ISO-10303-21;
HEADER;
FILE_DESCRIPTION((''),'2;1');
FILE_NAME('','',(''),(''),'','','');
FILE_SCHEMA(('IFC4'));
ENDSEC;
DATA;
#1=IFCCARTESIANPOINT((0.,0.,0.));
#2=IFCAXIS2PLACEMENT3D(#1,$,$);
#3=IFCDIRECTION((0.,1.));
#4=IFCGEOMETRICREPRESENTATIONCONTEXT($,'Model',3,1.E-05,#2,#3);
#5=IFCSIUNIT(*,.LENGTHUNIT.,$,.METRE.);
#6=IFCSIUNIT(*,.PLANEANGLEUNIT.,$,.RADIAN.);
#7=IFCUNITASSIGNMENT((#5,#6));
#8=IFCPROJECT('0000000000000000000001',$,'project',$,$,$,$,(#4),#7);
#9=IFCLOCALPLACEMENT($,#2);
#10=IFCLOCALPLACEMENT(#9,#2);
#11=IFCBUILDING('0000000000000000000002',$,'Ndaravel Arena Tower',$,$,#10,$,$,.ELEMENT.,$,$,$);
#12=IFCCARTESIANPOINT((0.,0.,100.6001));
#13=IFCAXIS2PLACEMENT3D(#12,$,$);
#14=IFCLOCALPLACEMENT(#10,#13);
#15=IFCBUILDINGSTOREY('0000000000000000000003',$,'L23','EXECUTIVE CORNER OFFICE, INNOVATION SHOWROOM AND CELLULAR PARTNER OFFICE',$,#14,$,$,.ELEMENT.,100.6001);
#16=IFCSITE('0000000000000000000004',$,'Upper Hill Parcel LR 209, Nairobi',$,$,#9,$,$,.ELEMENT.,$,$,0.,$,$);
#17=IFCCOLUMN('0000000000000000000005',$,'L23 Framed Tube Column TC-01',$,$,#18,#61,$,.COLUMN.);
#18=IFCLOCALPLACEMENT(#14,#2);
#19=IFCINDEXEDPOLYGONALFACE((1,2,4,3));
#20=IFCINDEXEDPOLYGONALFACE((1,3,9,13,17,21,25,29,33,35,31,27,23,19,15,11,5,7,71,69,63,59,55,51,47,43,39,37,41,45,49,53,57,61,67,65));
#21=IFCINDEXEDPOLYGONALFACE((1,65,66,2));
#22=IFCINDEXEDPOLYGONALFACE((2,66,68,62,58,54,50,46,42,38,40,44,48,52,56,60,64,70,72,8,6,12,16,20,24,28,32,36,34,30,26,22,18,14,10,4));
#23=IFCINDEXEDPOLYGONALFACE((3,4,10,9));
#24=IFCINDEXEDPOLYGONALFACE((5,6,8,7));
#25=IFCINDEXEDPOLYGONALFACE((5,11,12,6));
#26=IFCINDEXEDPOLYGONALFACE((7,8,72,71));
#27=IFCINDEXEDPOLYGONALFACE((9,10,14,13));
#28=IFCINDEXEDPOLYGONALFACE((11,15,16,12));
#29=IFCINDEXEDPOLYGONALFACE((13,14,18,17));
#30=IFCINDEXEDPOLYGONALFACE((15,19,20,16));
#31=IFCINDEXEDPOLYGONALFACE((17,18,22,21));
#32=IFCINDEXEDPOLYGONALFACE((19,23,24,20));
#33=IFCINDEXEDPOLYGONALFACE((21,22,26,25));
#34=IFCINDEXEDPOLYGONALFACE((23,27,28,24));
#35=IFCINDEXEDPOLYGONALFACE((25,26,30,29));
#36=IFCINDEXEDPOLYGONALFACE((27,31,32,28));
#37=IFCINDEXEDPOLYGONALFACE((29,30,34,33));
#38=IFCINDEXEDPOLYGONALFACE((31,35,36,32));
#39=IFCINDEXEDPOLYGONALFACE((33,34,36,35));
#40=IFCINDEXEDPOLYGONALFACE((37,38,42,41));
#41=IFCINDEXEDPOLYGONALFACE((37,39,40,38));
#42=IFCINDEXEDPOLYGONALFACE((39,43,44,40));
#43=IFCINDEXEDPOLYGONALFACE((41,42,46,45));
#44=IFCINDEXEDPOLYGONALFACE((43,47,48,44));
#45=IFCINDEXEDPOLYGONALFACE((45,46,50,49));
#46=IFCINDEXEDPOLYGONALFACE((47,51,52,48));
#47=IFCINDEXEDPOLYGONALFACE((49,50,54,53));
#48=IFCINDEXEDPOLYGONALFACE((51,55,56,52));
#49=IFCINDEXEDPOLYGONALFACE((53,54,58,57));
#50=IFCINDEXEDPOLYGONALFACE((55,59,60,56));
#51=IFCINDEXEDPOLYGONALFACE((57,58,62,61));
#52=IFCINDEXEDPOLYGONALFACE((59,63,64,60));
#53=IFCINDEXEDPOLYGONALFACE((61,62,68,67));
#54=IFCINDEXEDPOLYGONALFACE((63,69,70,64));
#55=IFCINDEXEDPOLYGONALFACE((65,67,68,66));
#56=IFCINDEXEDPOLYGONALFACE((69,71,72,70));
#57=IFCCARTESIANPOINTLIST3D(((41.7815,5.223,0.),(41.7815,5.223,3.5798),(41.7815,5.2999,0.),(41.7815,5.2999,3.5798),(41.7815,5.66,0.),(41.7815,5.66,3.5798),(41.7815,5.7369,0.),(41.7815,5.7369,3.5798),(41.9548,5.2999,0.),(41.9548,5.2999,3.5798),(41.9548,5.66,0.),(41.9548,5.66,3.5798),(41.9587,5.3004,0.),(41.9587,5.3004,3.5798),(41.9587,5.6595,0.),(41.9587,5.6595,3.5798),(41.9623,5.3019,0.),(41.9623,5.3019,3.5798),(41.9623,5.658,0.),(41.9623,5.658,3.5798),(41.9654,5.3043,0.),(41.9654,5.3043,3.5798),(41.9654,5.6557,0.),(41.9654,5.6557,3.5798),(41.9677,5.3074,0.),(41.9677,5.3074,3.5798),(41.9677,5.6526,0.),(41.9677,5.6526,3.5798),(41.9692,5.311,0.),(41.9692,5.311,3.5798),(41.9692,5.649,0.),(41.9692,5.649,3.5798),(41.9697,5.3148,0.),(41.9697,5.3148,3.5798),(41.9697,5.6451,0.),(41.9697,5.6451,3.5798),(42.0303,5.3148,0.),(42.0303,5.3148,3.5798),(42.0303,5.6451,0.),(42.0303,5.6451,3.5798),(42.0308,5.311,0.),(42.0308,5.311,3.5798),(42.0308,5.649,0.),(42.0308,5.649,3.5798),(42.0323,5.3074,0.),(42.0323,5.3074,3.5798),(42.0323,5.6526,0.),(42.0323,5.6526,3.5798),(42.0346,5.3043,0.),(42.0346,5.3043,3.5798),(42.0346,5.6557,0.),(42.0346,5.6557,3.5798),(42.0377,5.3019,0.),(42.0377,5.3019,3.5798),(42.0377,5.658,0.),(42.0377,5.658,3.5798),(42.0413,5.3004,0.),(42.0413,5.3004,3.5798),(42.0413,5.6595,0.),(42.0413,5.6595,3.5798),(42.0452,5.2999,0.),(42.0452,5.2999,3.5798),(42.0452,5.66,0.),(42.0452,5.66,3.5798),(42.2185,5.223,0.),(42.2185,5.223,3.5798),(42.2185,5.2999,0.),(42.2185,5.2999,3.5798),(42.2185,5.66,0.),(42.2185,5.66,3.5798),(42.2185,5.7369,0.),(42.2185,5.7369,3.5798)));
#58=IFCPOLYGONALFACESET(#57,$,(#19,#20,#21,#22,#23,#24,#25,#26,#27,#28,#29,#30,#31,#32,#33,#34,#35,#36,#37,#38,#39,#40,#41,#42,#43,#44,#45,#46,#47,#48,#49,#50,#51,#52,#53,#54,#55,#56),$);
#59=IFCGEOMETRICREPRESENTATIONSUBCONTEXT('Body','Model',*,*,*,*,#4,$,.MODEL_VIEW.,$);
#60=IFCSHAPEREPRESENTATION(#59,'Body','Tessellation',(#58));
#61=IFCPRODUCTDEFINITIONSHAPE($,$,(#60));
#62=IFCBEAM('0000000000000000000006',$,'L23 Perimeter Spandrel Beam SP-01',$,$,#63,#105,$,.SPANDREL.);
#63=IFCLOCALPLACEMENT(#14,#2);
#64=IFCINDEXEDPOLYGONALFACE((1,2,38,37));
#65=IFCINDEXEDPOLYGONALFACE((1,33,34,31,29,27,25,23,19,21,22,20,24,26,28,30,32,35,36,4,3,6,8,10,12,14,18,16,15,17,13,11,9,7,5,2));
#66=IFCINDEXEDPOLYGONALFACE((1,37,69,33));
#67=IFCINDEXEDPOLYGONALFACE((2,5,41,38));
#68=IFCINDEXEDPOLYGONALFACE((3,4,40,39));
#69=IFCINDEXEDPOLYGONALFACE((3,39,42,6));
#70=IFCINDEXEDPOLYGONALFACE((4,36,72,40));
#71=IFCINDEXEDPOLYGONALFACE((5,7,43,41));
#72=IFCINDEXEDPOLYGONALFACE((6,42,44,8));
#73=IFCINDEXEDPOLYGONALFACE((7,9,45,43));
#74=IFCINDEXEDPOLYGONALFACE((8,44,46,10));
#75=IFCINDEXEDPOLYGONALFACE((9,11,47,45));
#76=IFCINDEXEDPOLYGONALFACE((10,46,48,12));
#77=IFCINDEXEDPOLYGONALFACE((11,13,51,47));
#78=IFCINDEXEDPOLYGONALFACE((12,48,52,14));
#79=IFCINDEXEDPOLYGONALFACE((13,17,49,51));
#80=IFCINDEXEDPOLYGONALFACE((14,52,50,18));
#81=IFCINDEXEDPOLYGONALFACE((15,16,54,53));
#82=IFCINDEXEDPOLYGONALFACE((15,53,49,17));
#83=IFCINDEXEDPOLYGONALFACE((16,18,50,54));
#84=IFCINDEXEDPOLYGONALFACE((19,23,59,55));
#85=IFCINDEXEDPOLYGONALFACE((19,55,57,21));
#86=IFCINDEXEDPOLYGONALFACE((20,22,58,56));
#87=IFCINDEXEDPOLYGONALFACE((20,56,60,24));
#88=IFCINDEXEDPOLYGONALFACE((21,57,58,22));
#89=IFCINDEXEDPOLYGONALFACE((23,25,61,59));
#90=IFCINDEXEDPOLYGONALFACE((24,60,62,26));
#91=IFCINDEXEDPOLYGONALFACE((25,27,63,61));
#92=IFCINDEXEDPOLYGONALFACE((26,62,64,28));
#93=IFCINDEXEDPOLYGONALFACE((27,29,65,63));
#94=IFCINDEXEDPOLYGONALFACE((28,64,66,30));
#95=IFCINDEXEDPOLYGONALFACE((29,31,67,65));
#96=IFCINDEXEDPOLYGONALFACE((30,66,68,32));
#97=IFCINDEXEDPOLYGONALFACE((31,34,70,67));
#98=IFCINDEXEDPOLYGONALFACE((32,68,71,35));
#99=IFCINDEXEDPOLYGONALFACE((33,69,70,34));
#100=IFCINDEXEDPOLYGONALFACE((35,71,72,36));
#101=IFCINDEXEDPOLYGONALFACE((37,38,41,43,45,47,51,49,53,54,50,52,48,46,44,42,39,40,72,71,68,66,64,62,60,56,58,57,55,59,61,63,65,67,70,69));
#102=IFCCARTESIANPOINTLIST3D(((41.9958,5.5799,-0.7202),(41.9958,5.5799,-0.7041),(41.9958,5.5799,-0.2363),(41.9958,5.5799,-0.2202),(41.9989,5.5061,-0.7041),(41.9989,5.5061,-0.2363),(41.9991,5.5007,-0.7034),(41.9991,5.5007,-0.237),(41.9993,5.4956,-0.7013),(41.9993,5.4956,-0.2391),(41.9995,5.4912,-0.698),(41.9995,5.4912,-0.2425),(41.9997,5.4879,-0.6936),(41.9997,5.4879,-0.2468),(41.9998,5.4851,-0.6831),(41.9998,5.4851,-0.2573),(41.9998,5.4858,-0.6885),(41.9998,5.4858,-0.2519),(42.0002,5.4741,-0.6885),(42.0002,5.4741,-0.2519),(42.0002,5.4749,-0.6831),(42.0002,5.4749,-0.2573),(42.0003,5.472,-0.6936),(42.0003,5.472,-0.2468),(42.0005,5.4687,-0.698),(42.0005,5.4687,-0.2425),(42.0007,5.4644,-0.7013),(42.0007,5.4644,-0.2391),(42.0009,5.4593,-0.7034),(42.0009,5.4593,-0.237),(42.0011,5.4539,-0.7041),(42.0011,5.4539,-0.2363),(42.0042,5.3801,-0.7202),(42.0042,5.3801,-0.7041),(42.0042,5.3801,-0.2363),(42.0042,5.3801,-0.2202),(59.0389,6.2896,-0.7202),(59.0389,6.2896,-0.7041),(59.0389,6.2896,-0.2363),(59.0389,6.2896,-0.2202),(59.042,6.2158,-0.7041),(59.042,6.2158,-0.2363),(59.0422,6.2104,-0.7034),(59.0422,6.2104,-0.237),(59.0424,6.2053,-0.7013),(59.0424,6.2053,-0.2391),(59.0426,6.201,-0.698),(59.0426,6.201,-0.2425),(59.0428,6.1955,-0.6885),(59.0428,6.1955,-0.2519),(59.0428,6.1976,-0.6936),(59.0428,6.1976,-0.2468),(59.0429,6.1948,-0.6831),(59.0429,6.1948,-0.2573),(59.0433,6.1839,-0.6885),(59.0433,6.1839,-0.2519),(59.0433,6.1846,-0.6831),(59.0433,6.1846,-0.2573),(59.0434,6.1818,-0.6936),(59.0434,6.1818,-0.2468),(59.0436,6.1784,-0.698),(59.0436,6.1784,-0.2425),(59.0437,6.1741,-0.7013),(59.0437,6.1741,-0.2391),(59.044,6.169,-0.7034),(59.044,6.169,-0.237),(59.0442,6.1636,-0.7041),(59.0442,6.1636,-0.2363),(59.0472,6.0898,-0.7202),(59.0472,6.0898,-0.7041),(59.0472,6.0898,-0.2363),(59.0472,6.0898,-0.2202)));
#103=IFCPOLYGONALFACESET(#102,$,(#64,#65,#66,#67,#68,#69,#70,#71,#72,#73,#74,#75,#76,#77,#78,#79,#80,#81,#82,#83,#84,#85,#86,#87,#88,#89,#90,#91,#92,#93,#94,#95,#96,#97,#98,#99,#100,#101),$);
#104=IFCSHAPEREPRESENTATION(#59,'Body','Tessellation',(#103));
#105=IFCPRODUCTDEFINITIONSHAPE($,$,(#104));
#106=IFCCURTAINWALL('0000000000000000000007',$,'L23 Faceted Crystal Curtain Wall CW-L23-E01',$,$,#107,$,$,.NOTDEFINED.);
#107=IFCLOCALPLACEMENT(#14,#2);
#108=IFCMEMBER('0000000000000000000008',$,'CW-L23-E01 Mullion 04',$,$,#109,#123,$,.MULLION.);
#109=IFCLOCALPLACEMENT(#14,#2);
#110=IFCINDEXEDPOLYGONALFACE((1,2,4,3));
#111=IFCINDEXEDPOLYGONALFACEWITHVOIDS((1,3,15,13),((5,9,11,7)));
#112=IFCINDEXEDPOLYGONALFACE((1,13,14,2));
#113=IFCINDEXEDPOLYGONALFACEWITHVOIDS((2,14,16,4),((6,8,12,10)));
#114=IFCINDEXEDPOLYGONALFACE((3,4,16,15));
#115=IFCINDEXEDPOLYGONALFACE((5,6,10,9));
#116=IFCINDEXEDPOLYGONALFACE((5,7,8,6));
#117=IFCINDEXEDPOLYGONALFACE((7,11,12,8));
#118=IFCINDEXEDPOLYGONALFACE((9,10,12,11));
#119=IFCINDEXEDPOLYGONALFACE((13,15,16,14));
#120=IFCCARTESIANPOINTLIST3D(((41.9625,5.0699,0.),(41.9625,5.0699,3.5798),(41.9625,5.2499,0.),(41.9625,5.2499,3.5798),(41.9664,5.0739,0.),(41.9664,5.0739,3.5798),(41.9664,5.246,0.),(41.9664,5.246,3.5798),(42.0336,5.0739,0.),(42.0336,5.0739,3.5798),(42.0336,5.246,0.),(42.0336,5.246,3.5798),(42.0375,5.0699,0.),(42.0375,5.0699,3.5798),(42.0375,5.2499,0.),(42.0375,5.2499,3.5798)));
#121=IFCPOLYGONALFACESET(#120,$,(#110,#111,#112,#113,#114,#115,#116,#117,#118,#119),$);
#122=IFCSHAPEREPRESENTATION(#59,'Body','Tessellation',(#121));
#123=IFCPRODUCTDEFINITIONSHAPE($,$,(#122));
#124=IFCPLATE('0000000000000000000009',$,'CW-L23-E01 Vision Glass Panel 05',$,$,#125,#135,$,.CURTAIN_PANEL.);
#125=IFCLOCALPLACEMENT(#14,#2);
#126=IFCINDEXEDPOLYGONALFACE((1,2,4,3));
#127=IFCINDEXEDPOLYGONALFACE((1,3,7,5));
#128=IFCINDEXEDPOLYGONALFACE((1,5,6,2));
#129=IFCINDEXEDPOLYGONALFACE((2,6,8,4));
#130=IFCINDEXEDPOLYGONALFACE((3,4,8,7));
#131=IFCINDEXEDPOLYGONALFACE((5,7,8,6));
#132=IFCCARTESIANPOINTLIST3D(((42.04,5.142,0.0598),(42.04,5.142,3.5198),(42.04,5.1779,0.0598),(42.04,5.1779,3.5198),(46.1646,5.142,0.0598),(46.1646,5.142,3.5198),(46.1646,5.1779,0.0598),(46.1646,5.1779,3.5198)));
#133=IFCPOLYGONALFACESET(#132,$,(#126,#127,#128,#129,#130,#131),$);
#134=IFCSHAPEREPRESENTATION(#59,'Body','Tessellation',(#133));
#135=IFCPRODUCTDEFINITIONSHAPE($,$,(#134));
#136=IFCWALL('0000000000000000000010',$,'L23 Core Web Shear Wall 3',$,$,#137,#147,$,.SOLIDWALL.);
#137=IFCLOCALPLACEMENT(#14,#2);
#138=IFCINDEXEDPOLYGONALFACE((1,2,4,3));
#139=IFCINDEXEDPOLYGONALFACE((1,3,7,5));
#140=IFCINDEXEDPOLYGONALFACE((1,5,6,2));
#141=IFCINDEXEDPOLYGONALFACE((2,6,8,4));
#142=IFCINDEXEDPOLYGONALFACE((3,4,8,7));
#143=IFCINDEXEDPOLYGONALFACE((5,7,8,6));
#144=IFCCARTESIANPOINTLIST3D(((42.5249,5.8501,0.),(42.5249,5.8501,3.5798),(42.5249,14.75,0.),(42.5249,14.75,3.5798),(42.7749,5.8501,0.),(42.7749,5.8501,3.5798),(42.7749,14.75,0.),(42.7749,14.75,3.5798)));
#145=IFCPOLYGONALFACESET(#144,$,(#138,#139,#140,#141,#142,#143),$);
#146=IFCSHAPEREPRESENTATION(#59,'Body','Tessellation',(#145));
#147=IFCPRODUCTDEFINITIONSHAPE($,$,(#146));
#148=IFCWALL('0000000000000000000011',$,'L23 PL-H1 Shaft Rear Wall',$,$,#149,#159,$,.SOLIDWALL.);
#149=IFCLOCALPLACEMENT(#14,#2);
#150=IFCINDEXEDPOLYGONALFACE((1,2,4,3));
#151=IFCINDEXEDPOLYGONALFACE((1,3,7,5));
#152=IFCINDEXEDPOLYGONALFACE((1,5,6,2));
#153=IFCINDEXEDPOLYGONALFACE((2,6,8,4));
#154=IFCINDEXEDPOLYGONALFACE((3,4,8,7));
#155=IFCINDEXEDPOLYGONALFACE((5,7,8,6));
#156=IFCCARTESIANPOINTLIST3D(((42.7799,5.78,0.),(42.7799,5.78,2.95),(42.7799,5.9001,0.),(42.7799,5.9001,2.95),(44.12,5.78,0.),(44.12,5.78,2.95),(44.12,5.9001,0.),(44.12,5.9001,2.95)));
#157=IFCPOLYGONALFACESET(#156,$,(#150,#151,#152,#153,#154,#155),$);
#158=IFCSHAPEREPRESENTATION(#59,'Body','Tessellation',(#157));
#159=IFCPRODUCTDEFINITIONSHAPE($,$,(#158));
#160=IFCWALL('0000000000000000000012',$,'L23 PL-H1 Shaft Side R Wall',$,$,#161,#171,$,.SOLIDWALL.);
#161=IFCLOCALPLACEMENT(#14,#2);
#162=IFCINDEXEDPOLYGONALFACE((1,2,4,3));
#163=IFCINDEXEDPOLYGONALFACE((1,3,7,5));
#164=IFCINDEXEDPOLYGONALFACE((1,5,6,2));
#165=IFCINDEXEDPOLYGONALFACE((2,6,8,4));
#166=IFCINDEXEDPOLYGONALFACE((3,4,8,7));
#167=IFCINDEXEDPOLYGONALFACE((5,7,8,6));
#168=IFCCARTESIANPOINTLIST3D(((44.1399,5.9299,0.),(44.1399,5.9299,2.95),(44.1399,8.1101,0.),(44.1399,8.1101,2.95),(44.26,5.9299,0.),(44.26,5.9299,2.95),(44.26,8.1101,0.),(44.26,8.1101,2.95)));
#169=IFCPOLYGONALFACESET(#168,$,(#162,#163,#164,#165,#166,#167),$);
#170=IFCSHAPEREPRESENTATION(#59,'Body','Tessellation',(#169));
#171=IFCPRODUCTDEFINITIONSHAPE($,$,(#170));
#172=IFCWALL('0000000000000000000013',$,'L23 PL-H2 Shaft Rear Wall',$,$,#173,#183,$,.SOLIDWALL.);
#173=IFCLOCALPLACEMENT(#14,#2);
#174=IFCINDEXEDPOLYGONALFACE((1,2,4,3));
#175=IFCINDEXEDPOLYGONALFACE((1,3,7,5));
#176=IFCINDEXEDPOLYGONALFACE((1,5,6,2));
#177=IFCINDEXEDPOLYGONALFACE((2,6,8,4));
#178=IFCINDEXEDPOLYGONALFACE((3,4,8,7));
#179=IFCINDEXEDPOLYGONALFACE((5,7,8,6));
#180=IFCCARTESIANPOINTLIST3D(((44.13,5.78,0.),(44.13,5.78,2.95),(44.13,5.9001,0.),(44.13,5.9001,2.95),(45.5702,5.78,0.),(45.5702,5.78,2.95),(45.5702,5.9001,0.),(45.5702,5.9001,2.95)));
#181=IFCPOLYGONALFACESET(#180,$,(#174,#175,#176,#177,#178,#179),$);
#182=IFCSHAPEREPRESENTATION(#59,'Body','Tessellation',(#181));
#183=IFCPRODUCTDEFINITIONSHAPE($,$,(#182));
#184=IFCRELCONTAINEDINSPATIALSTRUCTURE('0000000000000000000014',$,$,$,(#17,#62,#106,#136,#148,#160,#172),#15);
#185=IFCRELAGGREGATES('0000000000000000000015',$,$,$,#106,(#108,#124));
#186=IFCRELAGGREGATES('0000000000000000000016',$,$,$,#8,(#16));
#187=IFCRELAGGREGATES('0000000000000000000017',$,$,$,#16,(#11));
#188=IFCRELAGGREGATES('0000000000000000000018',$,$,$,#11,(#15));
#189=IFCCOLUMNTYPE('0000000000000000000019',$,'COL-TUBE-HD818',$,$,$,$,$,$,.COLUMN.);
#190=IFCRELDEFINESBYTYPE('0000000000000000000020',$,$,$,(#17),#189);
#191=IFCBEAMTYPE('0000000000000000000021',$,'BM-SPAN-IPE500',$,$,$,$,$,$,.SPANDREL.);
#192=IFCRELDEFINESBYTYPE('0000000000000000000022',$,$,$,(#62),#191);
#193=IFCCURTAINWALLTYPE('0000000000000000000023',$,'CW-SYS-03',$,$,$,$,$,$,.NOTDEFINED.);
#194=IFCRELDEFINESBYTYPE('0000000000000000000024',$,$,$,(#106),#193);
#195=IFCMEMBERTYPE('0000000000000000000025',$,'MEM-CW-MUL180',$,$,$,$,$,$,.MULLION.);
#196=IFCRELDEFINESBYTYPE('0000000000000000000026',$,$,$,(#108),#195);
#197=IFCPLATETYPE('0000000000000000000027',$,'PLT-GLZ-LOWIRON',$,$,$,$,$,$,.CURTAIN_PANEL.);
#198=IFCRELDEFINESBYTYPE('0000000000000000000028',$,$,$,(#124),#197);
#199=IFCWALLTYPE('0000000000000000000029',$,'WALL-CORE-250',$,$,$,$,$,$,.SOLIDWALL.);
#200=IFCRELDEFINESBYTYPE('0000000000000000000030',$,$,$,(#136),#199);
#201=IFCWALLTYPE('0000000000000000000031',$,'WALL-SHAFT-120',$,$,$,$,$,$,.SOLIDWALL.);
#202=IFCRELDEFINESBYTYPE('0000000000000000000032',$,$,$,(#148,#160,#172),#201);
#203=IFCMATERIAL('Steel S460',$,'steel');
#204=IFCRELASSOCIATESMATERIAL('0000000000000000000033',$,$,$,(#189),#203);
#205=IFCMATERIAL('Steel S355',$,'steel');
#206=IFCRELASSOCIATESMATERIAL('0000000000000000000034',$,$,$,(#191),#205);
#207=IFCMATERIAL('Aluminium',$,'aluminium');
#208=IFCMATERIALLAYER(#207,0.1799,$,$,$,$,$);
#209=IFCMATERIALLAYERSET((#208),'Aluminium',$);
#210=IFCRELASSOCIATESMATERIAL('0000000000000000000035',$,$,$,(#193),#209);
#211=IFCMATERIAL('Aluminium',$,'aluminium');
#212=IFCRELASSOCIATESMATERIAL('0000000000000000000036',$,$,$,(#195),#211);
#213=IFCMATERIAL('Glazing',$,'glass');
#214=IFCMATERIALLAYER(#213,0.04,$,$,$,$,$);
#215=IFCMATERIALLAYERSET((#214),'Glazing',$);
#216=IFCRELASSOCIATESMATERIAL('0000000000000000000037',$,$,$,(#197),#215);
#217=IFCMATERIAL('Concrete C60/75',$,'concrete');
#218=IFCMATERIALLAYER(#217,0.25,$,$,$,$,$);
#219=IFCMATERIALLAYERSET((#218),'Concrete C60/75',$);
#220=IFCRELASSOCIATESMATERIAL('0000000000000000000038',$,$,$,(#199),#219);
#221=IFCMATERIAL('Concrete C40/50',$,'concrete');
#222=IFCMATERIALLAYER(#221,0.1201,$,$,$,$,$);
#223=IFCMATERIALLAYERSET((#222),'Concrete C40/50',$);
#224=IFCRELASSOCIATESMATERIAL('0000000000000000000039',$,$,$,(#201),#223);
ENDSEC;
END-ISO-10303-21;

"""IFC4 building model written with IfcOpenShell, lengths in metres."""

from ifc_helpers import new_model, si_unit, direction, frame, frame_2d, origin, origin_2d, place, context, subcontext, project, spatial, rectangle, hollow_rectangle, i_section, extrude, material, layer, layer_set, material_profile, profile_set, type_object, element, aggregate, save


model = new_model("IFC4")

# Units and contexts
model_context = context("Model", 3, precision=1e-05, world=origin(), true_north=direction((0.0, 1.0)))
body_context = subcontext(model_context, "Body", "Model", "MODEL_VIEW")
ifc_project = project(units=[si_unit("LENGTHUNIT", "METRE"), si_unit("PLANEANGLEUNIT", "RADIAN")], contexts=[model_context])

# Site, building, storey
site_placement = place(None, origin())
site = spatial("IfcSite", under=ifc_project, at=site_placement, Name="Upper Hill Parcel LR 209, Nairobi", CompositionType="ELEMENT", RefElevation=0.0)
building_placement = place(site_placement, origin())
building = spatial("IfcBuilding", under=site, at=building_placement, Name="Ndaravel Arena Tower", CompositionType="ELEMENT")
storey_placement = place(building_placement, frame((0.0, 0.0, 100.6001)))
storey = spatial("IfcBuildingStorey", under=building, at=storey_placement, Name="L23", Description="EXECUTIVE CORNER OFFICE, INNOVATION SHOWROOM AND CELLULAR PARTNER OFFICE", CompositionType="ELEMENT", Elevation=100.6001)

# Column
ifc_material_1 = material(Name="Steel S460", Category="steel")
ifc_material_profile_1 = material_profile(ifc_material_1, i_section(OverallWidth=0.437, OverallDepth=0.5139, WebThickness=0.0605, FlangeThickness=0.0769, FilletRadius=0.0149, at=origin_2d()), Name="HD 400x818")
ifc_profile_set_1 = profile_set([ifc_material_profile_1], Name="Steel S460")
column_type = type_object("IfcColumnType", Name="COL-TUBE-HD818", PredefinedType="COLUMN", material=ifc_profile_set_1)
column_placement = place(storey_placement, frame((42.0, 5.48, 0.0), z_axis=(0.0, 0.0, 1.0), x_axis=(1.0, 0.0, 0.0)))
element("IfcColumn", 1, at=column_placement, inside=storey, type_object=column_type, Name="L23 Framed Tube Column TC-01", PredefinedType="COLUMN", context=body_context, shape_type="SweptSolid", body=[
    extrude(i_section(OverallWidth=0.437, OverallDepth=0.5139, WebThickness=0.0605, FlangeThickness=0.0769, FilletRadius=0.0149, at=origin_2d()), origin(), (0.0, 0.0, 1.0), 3.5798),
])

# Beam
ifc_material_2 = material(Name="Steel S355", Category="steel")
ifc_material_profile_2 = material_profile(ifc_material_2, i_section(OverallWidth=0.2, OverallDepth=0.5, WebThickness=0.0103, FlangeThickness=0.0161, FilletRadius=0.021, at=origin_2d()), Name="IPE 500")
ifc_profile_set_2 = profile_set([ifc_material_profile_2], Name="Steel S355")
beam_type = type_object("IfcBeamType", Name="BM-SPAN-IPE500", PredefinedType="SPANDREL", material=ifc_profile_set_2)
beam_placement = place(storey_placement, frame((42.0, 5.48, -0.4702), z_axis=(0.999134, 0.041607, 0.0), x_axis=(-0.041607, 0.999134, 0.0)))
element("IfcBeam", 2, at=beam_placement, inside=storey, type_object=beam_type, Name="L23 Perimeter Spandrel Beam SP-01", PredefinedType="SPANDREL", context=body_context, shape_type="SweptSolid", body=[
    extrude(i_section(OverallWidth=0.2, OverallDepth=0.5, WebThickness=0.0103, FlangeThickness=0.0161, FilletRadius=0.021, at=origin_2d()), origin(), (0.0, 0.0, 1.0), 17.0579),
])

# Curtain wall, member, plate
ifc_material_3 = material(Name="Aluminium", Category="aluminium")
ifc_layer_1 = layer(ifc_material_3, 0.1799)
ifc_layer_set_1 = layer_set([ifc_layer_1], Name="Aluminium")
curtain_wall_type = type_object("IfcCurtainWallType", Name="CW-SYS-03", PredefinedType="NOTDEFINED", material=ifc_layer_set_1)
curtain_wall_placement = place(storey_placement, origin())
curtain_wall = element("IfcCurtainWall", 3, at=curtain_wall_placement, inside=storey, type_object=curtain_wall_type, Name="L23 Faceted Crystal Curtain Wall CW-L23-E01", PredefinedType="NOTDEFINED")
ifc_material_4 = material(Name="Aluminium", Category="aluminium")
ifc_material_profile_3 = material_profile(ifc_material_4, hollow_rectangle(XDim=0.075, YDim=0.1799, WallThickness=0.0039, at=origin_2d()), Name="CW MULLION 75x180x4")
ifc_profile_set_3 = profile_set([ifc_material_profile_3], Name="Aluminium")
member_type = type_object("IfcMemberType", Name="MEM-CW-MUL180", PredefinedType="MULLION", material=ifc_profile_set_3)
member_placement = place(storey_placement, frame((42.0, 5.1599, 0.0), z_axis=(0.0, 0.0, 1.0), x_axis=(1.0, 0.0, 0.0)))
member = element("IfcMember", 4, at=member_placement, type_object=member_type, Name="CW-L23-E01 Mullion 04", PredefinedType="MULLION", context=body_context, shape_type="SweptSolid", body=[
    extrude(hollow_rectangle(XDim=0.075, YDim=0.1799, WallThickness=0.0039, at=origin_2d()), origin(), (0.0, 0.0, 1.0), 3.5798),
])
ifc_material_5 = material(Name="Glazing", Category="glass")
ifc_layer_2 = layer(ifc_material_5, 0.04)
ifc_layer_set_2 = layer_set([ifc_layer_2], Name="Glazing")
plate_type = type_object("IfcPlateType", Name="PLT-GLZ-LOWIRON", PredefinedType="CURTAIN_PANEL", material=ifc_layer_set_2)
plate_placement = place(storey_placement, frame((44.1023, 5.1599, 0.0598), z_axis=(0.0, 0.0, 1.0), x_axis=(1.0, 0.0, 0.0)))
plate = element("IfcPlate", 5, at=plate_placement, type_object=plate_type, Name="CW-L23-E01 Vision Glass Panel 05", PredefinedType="CURTAIN_PANEL", context=body_context, shape_type="SweptSolid", body=[
    extrude(rectangle(XDim=4.1245, YDim=0.0359, at=origin_2d()), origin(), (0.0, 0.0, 1.0), 3.46),
])
aggregate(curtain_wall, [member, plate])

# Walls
ifc_material_6 = material(Name="Concrete C60/75", Category="concrete")
ifc_layer_3 = layer(ifc_material_6, 0.25)
ifc_layer_set_3 = layer_set([ifc_layer_3], Name="Concrete C60/75")
wall_type_1 = type_object("IfcWallType", Name="WALL-CORE-250", PredefinedType="SOLIDWALL", material=ifc_layer_set_3)
wall_1_placement = place(storey_placement, frame((42.6499, 5.8501, 0.0), z_axis=(0.0, 0.0, 1.0), x_axis=(0.0, 1.0, 0.0)))
element("IfcWall", 6, at=wall_1_placement, inside=storey, type_object=wall_type_1, Name="L23 Core Web Shear Wall 3", PredefinedType="SOLIDWALL", context=body_context, shape_type="SweptSolid", body=[
    extrude(rectangle(XDim=8.8999, YDim=0.25, at=frame_2d((4.45, 0.0))), origin(), (0.0, 0.0, 1.0), 3.5798),
])
ifc_material_7 = material(Name="Concrete C40/50", Category="concrete")
ifc_layer_4 = layer(ifc_material_7, 0.1201)
ifc_layer_set_4 = layer_set([ifc_layer_4], Name="Concrete C40/50")
wall_type_2 = type_object("IfcWallType", Name="WALL-SHAFT-120", PredefinedType="SOLIDWALL", material=ifc_layer_set_4)
wall_2_placement = place(storey_placement, frame((42.78, 5.8401, 0.0), z_axis=(0.0, 0.0, 1.0), x_axis=(1.0, 0.0, 0.0)))
element("IfcWall", 7, at=wall_2_placement, inside=storey, type_object=wall_type_2, Name="L23 PL-H1 Shaft Rear Wall", PredefinedType="SOLIDWALL", context=body_context, shape_type="SweptSolid", body=[
    extrude(rectangle(XDim=1.3401, YDim=0.1201, at=frame_2d((0.6699, 0.0))), origin(), (0.0, 0.0, 1.0), 2.95),
])
wall_3_placement = place(storey_placement, frame((44.2, 5.9299, 0.0), z_axis=(0.0, 0.0, 1.0), x_axis=(0.0, 1.0, 0.0)))
element("IfcWall", 8, at=wall_3_placement, inside=storey, type_object=wall_type_2, Name="L23 PL-H1 Shaft Side R Wall", PredefinedType="SOLIDWALL", context=body_context, shape_type="SweptSolid", body=[
    extrude(rectangle(XDim=2.1802, YDim=0.1201, at=frame_2d((1.0901, 0.0))), origin(), (0.0, 0.0, 1.0), 2.95),
])
wall_4_placement = place(storey_placement, frame((44.1299, 5.8401, 0.0), z_axis=(0.0, 0.0, 1.0), x_axis=(1.0, 0.0, 0.0)))
element("IfcWall", 9, at=wall_4_placement, inside=storey, type_object=wall_type_2, Name="L23 PL-H2 Shaft Rear Wall", PredefinedType="SOLIDWALL", context=body_context, shape_type="SweptSolid", body=[
    extrude(rectangle(XDim=1.4402, YDim=0.1201, at=frame_2d((0.7202, 0.0))), origin(), (0.0, 0.0, 1.0), 2.95),
])

save(model, "model.ifc")
